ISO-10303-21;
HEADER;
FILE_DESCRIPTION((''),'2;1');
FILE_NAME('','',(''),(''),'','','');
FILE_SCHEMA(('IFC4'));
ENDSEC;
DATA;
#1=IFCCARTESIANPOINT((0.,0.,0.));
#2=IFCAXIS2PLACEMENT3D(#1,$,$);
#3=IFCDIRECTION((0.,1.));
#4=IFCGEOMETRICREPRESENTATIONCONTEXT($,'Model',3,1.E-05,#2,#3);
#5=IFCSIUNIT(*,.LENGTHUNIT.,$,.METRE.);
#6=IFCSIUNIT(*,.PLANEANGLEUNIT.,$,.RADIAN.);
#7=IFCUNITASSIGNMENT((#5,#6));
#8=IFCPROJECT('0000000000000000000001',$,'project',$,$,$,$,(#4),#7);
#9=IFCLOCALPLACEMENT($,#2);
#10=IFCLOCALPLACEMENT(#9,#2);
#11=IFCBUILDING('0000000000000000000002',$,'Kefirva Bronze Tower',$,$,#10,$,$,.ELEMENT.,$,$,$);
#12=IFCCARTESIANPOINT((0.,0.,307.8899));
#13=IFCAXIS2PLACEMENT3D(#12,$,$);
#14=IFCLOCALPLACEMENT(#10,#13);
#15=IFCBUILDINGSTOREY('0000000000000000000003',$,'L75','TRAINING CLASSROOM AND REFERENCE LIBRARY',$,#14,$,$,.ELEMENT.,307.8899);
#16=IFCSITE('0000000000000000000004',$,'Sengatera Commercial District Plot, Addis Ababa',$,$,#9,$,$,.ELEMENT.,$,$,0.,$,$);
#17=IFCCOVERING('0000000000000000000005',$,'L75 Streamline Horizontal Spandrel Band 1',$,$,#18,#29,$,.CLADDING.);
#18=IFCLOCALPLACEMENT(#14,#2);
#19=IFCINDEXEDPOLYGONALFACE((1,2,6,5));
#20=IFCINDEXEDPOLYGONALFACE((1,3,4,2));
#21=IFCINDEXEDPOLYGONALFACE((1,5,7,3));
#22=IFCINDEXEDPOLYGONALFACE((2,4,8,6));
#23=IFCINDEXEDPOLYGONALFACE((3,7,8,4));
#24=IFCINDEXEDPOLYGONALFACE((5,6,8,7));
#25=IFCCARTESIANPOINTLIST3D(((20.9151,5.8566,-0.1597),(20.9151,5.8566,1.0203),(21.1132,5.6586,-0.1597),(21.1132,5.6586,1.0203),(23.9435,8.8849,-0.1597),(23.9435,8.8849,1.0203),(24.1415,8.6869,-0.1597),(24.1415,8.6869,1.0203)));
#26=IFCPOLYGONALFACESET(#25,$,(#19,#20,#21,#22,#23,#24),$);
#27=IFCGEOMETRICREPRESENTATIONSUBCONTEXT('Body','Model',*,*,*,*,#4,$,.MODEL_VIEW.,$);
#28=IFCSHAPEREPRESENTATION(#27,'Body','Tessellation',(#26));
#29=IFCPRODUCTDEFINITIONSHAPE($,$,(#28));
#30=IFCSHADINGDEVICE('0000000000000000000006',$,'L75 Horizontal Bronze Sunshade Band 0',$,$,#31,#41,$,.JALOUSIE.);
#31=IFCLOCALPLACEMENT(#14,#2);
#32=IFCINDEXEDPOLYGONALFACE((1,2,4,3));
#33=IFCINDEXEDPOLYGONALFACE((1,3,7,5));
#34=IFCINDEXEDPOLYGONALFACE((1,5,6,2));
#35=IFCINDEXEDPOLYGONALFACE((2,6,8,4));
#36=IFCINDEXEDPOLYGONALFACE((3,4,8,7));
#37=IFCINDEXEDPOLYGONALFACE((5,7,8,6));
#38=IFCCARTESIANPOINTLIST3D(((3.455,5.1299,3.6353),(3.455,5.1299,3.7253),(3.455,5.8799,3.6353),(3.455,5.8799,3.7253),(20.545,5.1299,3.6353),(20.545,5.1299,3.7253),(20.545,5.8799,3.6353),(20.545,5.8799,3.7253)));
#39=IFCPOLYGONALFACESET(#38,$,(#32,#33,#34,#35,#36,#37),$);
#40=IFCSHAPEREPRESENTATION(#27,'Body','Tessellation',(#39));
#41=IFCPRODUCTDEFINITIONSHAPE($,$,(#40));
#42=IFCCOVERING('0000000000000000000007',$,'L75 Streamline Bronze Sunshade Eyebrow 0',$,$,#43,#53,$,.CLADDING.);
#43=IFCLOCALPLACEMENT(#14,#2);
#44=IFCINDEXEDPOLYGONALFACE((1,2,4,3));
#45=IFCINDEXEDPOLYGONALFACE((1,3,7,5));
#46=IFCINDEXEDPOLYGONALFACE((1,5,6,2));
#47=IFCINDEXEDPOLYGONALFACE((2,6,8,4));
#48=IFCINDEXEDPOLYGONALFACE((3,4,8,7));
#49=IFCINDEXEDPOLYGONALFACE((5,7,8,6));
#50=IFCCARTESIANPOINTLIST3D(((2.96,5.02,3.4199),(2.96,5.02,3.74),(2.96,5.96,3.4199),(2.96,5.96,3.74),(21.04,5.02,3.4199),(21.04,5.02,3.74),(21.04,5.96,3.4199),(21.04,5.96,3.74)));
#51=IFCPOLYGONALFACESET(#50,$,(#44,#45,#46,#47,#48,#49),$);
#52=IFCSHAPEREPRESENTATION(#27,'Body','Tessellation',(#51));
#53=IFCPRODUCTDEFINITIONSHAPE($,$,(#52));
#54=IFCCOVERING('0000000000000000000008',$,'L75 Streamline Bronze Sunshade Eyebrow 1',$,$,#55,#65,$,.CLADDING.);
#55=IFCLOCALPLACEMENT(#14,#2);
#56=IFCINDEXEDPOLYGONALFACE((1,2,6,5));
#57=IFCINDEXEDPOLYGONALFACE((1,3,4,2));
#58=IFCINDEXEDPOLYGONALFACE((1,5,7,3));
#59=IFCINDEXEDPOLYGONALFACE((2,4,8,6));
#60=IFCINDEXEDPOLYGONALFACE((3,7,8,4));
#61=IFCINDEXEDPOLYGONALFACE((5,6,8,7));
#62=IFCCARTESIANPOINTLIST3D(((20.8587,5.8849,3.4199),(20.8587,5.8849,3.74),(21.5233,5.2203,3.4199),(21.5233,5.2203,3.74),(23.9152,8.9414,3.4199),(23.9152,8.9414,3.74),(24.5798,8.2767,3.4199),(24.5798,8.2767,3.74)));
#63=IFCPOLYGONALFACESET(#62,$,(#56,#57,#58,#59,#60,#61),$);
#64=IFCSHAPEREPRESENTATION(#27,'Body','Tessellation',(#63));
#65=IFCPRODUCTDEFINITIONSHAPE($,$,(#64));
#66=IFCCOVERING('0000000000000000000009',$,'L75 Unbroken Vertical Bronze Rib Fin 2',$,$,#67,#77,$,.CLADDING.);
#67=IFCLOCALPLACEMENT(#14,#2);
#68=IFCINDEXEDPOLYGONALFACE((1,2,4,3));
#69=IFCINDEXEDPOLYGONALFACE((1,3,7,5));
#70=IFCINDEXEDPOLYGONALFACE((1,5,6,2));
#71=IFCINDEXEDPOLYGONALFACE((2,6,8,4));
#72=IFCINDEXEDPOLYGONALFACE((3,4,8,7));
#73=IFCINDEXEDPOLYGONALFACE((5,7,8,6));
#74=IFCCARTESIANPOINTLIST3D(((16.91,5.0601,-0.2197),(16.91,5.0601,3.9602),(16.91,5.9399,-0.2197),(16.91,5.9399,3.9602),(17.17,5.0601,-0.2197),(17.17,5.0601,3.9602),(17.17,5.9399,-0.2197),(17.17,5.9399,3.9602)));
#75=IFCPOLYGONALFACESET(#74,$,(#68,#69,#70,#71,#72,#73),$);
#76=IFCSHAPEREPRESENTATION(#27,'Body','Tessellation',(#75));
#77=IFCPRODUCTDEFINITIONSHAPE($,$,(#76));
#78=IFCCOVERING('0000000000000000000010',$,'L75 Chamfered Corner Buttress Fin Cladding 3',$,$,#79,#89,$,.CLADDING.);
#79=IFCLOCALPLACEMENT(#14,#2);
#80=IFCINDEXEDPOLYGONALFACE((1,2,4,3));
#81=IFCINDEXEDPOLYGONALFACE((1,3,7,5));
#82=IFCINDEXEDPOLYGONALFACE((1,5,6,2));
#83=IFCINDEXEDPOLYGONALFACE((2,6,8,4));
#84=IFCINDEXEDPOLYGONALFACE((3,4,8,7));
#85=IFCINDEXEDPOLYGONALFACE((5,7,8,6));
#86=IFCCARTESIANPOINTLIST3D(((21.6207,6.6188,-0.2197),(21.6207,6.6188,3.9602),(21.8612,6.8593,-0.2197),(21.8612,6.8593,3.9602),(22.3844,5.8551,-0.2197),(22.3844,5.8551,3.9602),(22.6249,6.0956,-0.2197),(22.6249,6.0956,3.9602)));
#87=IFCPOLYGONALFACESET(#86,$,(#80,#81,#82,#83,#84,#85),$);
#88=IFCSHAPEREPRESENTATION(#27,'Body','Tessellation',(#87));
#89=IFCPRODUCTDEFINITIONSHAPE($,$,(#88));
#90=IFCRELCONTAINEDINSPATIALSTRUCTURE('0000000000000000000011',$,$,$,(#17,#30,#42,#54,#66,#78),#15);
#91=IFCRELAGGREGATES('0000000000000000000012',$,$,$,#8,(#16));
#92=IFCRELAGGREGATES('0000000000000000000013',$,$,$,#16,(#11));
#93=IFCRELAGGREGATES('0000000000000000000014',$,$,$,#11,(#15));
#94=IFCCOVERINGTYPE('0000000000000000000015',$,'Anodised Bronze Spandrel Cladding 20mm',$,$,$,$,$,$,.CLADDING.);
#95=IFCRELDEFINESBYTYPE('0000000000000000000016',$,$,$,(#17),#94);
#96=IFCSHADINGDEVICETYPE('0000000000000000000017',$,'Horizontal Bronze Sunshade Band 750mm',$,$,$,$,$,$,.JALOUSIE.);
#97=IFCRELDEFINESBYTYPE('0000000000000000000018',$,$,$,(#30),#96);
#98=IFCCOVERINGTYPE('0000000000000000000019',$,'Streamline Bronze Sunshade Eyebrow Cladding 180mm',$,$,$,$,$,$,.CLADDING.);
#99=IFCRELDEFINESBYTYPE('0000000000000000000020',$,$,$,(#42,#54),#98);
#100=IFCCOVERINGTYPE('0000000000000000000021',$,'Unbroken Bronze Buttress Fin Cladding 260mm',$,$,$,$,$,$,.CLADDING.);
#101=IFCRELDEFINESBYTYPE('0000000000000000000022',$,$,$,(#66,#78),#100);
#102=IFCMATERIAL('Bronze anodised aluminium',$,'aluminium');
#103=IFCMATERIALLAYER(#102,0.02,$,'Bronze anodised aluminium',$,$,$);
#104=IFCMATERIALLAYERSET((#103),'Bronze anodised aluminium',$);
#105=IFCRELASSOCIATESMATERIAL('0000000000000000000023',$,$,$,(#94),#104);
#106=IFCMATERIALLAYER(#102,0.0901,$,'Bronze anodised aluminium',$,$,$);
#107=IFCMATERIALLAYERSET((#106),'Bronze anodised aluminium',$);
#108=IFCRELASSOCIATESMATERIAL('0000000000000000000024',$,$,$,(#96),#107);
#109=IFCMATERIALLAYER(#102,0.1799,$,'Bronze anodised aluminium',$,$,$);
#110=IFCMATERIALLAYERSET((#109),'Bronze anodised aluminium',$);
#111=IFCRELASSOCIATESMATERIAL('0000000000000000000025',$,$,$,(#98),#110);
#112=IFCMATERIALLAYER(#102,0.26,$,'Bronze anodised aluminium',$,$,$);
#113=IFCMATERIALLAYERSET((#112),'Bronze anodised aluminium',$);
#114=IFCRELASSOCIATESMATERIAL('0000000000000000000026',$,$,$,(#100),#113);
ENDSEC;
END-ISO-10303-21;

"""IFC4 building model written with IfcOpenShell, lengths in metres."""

from ifc_helpers import new_model, si_unit, direction, frame, origin, origin_2d, place, context, subcontext, project, spatial, rectangle, extrude, material, layer, layer_set, type_object, element, save


model = new_model("IFC4")

# Units and contexts
model_context = context("Model", 3, precision=1e-05, world=origin(), true_north=direction((0.0, 1.0)))
body_context = subcontext(model_context, "Body", "Model", "MODEL_VIEW")
ifc_project = project(units=[si_unit("LENGTHUNIT", "METRE"), si_unit("PLANEANGLEUNIT", "RADIAN")], contexts=[model_context])

# Site, building, storey
site_placement = place(None, origin())
site = spatial("IfcSite", under=ifc_project, at=site_placement, Name="Sengatera Commercial District Plot, Addis Ababa", CompositionType="ELEMENT", RefElevation=0.0)
building_placement = place(site_placement, origin())
building = spatial("IfcBuilding", under=site, at=building_placement, Name="Kefirva Bronze Tower", CompositionType="ELEMENT")
storey_placement = place(building_placement, frame((0.0, 0.0, 307.8899)))
storey = spatial("IfcBuildingStorey", under=building, at=storey_placement, Name="L75", Description="TRAINING CLASSROOM AND REFERENCE LIBRARY", CompositionType="ELEMENT", Elevation=307.8899)

# Shared definitions
ifc_material_1 = material(Name="Bronze anodised aluminium", Category="aluminium")

# Covering
ifc_layer_1 = layer(ifc_material_1, 0.02, Name="Bronze anodised aluminium")
ifc_layer_set_1 = layer_set([ifc_layer_1], Name="Bronze anodised aluminium")
covering_type_1 = type_object("IfcCoveringType", Name="Anodised Bronze Spandrel Cladding 20mm", PredefinedType="CLADDING", material=ifc_layer_set_1)
covering_1_placement = place(storey_placement, frame((22.5283, 7.2717, -0.1597), z_axis=(0.0, 0.0, 1.0), x_axis=(0.707107, 0.707107, 0.0)))
element("IfcCovering", 1, at=covering_1_placement, inside=storey, type_object=covering_type_1, Name="L75 Streamline Horizontal Spandrel Band 1", PredefinedType="CLADDING", context=body_context, shape_type="SweptSolid", body=[
    extrude(rectangle(XDim=4.2827, YDim=0.28, at=origin_2d()), origin(), (0.0, 0.0, 1.0), 1.1799),
])

# Shading device
ifc_layer_2 = layer(ifc_material_1, 0.0901, Name="Bronze anodised aluminium")
ifc_layer_set_2 = layer_set([ifc_layer_2], Name="Bronze anodised aluminium")
shading_device_type = type_object("IfcShadingDeviceType", Name="Horizontal Bronze Sunshade Band 750mm", PredefinedType="JALOUSIE", material=ifc_layer_set_2)
shading_device_placement = place(storey_placement, frame((12.0, 5.5049, 3.6353), z_axis=(0.0, 0.0, 1.0), x_axis=(1.0, 0.0, 0.0)))
element("IfcShadingDevice", 2, at=shading_device_placement, inside=storey, type_object=shading_device_type, Name="L75 Horizontal Bronze Sunshade Band 0", PredefinedType="JALOUSIE", context=body_context, shape_type="SweptSolid", body=[
    extrude(rectangle(XDim=17.0901, YDim=0.75, at=origin_2d()), origin(), (0.0, 0.0, 1.0), 0.0901),
])

# Coverings
ifc_layer_3 = layer(ifc_material_1, 0.1799, Name="Bronze anodised aluminium")
ifc_layer_set_3 = layer_set([ifc_layer_3], Name="Bronze anodised aluminium")
covering_type_2 = type_object("IfcCoveringType", Name="Streamline Bronze Sunshade Eyebrow Cladding 180mm", PredefinedType="CLADDING", material=ifc_layer_set_3)
covering_2_placement = place(storey_placement, frame((12.0, 5.49, 3.4199), z_axis=(0.0, 0.0, 1.0), x_axis=(1.0, 0.0, 0.0)))
element("IfcCovering", 3, at=covering_2_placement, inside=storey, type_object=covering_type_2, Name="L75 Streamline Bronze Sunshade Eyebrow 0", PredefinedType="CLADDING", context=body_context, shape_type="SweptSolid", body=[
    extrude(rectangle(XDim=18.0801, YDim=0.9399, at=origin_2d()), origin(), (0.0, 0.0, 1.0), 0.3201),
])
covering_3_placement = place(storey_placement, frame((22.7192, 7.0808, 3.4199), z_axis=(0.0, 0.0, 1.0), x_axis=(0.707107, 0.707107, 0.0)))
element("IfcCovering", 4, at=covering_3_placement, inside=storey, type_object=covering_type_2, Name="L75 Streamline Bronze Sunshade Eyebrow 1", PredefinedType="CLADDING", context=body_context, shape_type="SweptSolid", body=[
    extrude(rectangle(XDim=4.3225, YDim=0.9399, at=origin_2d()), origin(), (0.0, 0.0, 1.0), 0.3201),
])
ifc_layer_4 = layer(ifc_material_1, 0.26, Name="Bronze anodised aluminium")
ifc_layer_set_4 = layer_set([ifc_layer_4], Name="Bronze anodised aluminium")
covering_type_3 = type_object("IfcCoveringType", Name="Unbroken Bronze Buttress Fin Cladding 260mm", PredefinedType="CLADDING", material=ifc_layer_set_4)
covering_4_placement = place(storey_placement, frame((17.04, 5.5, -0.2197), z_axis=(0.0, 0.0, 1.0), x_axis=(1.0, 0.0, 0.0)))
element("IfcCovering", 5, at=covering_4_placement, inside=storey, type_object=covering_type_3, Name="L75 Unbroken Vertical Bronze Rib Fin 2", PredefinedType="CLADDING", context=body_context, shape_type="SweptSolid", body=[
    extrude(rectangle(XDim=0.26, YDim=0.8799, at=origin_2d()), origin(), (0.0, 0.0, 1.0), 4.1799),
])
covering_5_placement = place(storey_placement, frame((22.1228, 6.3572, -0.2197), z_axis=(0.0, 0.0, 1.0), x_axis=(0.707107, 0.707107, 0.0)))
element("IfcCovering", 6, at=covering_5_placement, inside=storey, type_object=covering_type_3, Name="L75 Chamfered Corner Buttress Fin Cladding 3", PredefinedType="CLADDING", context=body_context, shape_type="SweptSolid", body=[
    extrude(rectangle(XDim=0.3401, YDim=1.0801, at=origin_2d()), origin(), (0.0, 0.0, 1.0), 4.1799),
])

save(model, "model.ifc")
